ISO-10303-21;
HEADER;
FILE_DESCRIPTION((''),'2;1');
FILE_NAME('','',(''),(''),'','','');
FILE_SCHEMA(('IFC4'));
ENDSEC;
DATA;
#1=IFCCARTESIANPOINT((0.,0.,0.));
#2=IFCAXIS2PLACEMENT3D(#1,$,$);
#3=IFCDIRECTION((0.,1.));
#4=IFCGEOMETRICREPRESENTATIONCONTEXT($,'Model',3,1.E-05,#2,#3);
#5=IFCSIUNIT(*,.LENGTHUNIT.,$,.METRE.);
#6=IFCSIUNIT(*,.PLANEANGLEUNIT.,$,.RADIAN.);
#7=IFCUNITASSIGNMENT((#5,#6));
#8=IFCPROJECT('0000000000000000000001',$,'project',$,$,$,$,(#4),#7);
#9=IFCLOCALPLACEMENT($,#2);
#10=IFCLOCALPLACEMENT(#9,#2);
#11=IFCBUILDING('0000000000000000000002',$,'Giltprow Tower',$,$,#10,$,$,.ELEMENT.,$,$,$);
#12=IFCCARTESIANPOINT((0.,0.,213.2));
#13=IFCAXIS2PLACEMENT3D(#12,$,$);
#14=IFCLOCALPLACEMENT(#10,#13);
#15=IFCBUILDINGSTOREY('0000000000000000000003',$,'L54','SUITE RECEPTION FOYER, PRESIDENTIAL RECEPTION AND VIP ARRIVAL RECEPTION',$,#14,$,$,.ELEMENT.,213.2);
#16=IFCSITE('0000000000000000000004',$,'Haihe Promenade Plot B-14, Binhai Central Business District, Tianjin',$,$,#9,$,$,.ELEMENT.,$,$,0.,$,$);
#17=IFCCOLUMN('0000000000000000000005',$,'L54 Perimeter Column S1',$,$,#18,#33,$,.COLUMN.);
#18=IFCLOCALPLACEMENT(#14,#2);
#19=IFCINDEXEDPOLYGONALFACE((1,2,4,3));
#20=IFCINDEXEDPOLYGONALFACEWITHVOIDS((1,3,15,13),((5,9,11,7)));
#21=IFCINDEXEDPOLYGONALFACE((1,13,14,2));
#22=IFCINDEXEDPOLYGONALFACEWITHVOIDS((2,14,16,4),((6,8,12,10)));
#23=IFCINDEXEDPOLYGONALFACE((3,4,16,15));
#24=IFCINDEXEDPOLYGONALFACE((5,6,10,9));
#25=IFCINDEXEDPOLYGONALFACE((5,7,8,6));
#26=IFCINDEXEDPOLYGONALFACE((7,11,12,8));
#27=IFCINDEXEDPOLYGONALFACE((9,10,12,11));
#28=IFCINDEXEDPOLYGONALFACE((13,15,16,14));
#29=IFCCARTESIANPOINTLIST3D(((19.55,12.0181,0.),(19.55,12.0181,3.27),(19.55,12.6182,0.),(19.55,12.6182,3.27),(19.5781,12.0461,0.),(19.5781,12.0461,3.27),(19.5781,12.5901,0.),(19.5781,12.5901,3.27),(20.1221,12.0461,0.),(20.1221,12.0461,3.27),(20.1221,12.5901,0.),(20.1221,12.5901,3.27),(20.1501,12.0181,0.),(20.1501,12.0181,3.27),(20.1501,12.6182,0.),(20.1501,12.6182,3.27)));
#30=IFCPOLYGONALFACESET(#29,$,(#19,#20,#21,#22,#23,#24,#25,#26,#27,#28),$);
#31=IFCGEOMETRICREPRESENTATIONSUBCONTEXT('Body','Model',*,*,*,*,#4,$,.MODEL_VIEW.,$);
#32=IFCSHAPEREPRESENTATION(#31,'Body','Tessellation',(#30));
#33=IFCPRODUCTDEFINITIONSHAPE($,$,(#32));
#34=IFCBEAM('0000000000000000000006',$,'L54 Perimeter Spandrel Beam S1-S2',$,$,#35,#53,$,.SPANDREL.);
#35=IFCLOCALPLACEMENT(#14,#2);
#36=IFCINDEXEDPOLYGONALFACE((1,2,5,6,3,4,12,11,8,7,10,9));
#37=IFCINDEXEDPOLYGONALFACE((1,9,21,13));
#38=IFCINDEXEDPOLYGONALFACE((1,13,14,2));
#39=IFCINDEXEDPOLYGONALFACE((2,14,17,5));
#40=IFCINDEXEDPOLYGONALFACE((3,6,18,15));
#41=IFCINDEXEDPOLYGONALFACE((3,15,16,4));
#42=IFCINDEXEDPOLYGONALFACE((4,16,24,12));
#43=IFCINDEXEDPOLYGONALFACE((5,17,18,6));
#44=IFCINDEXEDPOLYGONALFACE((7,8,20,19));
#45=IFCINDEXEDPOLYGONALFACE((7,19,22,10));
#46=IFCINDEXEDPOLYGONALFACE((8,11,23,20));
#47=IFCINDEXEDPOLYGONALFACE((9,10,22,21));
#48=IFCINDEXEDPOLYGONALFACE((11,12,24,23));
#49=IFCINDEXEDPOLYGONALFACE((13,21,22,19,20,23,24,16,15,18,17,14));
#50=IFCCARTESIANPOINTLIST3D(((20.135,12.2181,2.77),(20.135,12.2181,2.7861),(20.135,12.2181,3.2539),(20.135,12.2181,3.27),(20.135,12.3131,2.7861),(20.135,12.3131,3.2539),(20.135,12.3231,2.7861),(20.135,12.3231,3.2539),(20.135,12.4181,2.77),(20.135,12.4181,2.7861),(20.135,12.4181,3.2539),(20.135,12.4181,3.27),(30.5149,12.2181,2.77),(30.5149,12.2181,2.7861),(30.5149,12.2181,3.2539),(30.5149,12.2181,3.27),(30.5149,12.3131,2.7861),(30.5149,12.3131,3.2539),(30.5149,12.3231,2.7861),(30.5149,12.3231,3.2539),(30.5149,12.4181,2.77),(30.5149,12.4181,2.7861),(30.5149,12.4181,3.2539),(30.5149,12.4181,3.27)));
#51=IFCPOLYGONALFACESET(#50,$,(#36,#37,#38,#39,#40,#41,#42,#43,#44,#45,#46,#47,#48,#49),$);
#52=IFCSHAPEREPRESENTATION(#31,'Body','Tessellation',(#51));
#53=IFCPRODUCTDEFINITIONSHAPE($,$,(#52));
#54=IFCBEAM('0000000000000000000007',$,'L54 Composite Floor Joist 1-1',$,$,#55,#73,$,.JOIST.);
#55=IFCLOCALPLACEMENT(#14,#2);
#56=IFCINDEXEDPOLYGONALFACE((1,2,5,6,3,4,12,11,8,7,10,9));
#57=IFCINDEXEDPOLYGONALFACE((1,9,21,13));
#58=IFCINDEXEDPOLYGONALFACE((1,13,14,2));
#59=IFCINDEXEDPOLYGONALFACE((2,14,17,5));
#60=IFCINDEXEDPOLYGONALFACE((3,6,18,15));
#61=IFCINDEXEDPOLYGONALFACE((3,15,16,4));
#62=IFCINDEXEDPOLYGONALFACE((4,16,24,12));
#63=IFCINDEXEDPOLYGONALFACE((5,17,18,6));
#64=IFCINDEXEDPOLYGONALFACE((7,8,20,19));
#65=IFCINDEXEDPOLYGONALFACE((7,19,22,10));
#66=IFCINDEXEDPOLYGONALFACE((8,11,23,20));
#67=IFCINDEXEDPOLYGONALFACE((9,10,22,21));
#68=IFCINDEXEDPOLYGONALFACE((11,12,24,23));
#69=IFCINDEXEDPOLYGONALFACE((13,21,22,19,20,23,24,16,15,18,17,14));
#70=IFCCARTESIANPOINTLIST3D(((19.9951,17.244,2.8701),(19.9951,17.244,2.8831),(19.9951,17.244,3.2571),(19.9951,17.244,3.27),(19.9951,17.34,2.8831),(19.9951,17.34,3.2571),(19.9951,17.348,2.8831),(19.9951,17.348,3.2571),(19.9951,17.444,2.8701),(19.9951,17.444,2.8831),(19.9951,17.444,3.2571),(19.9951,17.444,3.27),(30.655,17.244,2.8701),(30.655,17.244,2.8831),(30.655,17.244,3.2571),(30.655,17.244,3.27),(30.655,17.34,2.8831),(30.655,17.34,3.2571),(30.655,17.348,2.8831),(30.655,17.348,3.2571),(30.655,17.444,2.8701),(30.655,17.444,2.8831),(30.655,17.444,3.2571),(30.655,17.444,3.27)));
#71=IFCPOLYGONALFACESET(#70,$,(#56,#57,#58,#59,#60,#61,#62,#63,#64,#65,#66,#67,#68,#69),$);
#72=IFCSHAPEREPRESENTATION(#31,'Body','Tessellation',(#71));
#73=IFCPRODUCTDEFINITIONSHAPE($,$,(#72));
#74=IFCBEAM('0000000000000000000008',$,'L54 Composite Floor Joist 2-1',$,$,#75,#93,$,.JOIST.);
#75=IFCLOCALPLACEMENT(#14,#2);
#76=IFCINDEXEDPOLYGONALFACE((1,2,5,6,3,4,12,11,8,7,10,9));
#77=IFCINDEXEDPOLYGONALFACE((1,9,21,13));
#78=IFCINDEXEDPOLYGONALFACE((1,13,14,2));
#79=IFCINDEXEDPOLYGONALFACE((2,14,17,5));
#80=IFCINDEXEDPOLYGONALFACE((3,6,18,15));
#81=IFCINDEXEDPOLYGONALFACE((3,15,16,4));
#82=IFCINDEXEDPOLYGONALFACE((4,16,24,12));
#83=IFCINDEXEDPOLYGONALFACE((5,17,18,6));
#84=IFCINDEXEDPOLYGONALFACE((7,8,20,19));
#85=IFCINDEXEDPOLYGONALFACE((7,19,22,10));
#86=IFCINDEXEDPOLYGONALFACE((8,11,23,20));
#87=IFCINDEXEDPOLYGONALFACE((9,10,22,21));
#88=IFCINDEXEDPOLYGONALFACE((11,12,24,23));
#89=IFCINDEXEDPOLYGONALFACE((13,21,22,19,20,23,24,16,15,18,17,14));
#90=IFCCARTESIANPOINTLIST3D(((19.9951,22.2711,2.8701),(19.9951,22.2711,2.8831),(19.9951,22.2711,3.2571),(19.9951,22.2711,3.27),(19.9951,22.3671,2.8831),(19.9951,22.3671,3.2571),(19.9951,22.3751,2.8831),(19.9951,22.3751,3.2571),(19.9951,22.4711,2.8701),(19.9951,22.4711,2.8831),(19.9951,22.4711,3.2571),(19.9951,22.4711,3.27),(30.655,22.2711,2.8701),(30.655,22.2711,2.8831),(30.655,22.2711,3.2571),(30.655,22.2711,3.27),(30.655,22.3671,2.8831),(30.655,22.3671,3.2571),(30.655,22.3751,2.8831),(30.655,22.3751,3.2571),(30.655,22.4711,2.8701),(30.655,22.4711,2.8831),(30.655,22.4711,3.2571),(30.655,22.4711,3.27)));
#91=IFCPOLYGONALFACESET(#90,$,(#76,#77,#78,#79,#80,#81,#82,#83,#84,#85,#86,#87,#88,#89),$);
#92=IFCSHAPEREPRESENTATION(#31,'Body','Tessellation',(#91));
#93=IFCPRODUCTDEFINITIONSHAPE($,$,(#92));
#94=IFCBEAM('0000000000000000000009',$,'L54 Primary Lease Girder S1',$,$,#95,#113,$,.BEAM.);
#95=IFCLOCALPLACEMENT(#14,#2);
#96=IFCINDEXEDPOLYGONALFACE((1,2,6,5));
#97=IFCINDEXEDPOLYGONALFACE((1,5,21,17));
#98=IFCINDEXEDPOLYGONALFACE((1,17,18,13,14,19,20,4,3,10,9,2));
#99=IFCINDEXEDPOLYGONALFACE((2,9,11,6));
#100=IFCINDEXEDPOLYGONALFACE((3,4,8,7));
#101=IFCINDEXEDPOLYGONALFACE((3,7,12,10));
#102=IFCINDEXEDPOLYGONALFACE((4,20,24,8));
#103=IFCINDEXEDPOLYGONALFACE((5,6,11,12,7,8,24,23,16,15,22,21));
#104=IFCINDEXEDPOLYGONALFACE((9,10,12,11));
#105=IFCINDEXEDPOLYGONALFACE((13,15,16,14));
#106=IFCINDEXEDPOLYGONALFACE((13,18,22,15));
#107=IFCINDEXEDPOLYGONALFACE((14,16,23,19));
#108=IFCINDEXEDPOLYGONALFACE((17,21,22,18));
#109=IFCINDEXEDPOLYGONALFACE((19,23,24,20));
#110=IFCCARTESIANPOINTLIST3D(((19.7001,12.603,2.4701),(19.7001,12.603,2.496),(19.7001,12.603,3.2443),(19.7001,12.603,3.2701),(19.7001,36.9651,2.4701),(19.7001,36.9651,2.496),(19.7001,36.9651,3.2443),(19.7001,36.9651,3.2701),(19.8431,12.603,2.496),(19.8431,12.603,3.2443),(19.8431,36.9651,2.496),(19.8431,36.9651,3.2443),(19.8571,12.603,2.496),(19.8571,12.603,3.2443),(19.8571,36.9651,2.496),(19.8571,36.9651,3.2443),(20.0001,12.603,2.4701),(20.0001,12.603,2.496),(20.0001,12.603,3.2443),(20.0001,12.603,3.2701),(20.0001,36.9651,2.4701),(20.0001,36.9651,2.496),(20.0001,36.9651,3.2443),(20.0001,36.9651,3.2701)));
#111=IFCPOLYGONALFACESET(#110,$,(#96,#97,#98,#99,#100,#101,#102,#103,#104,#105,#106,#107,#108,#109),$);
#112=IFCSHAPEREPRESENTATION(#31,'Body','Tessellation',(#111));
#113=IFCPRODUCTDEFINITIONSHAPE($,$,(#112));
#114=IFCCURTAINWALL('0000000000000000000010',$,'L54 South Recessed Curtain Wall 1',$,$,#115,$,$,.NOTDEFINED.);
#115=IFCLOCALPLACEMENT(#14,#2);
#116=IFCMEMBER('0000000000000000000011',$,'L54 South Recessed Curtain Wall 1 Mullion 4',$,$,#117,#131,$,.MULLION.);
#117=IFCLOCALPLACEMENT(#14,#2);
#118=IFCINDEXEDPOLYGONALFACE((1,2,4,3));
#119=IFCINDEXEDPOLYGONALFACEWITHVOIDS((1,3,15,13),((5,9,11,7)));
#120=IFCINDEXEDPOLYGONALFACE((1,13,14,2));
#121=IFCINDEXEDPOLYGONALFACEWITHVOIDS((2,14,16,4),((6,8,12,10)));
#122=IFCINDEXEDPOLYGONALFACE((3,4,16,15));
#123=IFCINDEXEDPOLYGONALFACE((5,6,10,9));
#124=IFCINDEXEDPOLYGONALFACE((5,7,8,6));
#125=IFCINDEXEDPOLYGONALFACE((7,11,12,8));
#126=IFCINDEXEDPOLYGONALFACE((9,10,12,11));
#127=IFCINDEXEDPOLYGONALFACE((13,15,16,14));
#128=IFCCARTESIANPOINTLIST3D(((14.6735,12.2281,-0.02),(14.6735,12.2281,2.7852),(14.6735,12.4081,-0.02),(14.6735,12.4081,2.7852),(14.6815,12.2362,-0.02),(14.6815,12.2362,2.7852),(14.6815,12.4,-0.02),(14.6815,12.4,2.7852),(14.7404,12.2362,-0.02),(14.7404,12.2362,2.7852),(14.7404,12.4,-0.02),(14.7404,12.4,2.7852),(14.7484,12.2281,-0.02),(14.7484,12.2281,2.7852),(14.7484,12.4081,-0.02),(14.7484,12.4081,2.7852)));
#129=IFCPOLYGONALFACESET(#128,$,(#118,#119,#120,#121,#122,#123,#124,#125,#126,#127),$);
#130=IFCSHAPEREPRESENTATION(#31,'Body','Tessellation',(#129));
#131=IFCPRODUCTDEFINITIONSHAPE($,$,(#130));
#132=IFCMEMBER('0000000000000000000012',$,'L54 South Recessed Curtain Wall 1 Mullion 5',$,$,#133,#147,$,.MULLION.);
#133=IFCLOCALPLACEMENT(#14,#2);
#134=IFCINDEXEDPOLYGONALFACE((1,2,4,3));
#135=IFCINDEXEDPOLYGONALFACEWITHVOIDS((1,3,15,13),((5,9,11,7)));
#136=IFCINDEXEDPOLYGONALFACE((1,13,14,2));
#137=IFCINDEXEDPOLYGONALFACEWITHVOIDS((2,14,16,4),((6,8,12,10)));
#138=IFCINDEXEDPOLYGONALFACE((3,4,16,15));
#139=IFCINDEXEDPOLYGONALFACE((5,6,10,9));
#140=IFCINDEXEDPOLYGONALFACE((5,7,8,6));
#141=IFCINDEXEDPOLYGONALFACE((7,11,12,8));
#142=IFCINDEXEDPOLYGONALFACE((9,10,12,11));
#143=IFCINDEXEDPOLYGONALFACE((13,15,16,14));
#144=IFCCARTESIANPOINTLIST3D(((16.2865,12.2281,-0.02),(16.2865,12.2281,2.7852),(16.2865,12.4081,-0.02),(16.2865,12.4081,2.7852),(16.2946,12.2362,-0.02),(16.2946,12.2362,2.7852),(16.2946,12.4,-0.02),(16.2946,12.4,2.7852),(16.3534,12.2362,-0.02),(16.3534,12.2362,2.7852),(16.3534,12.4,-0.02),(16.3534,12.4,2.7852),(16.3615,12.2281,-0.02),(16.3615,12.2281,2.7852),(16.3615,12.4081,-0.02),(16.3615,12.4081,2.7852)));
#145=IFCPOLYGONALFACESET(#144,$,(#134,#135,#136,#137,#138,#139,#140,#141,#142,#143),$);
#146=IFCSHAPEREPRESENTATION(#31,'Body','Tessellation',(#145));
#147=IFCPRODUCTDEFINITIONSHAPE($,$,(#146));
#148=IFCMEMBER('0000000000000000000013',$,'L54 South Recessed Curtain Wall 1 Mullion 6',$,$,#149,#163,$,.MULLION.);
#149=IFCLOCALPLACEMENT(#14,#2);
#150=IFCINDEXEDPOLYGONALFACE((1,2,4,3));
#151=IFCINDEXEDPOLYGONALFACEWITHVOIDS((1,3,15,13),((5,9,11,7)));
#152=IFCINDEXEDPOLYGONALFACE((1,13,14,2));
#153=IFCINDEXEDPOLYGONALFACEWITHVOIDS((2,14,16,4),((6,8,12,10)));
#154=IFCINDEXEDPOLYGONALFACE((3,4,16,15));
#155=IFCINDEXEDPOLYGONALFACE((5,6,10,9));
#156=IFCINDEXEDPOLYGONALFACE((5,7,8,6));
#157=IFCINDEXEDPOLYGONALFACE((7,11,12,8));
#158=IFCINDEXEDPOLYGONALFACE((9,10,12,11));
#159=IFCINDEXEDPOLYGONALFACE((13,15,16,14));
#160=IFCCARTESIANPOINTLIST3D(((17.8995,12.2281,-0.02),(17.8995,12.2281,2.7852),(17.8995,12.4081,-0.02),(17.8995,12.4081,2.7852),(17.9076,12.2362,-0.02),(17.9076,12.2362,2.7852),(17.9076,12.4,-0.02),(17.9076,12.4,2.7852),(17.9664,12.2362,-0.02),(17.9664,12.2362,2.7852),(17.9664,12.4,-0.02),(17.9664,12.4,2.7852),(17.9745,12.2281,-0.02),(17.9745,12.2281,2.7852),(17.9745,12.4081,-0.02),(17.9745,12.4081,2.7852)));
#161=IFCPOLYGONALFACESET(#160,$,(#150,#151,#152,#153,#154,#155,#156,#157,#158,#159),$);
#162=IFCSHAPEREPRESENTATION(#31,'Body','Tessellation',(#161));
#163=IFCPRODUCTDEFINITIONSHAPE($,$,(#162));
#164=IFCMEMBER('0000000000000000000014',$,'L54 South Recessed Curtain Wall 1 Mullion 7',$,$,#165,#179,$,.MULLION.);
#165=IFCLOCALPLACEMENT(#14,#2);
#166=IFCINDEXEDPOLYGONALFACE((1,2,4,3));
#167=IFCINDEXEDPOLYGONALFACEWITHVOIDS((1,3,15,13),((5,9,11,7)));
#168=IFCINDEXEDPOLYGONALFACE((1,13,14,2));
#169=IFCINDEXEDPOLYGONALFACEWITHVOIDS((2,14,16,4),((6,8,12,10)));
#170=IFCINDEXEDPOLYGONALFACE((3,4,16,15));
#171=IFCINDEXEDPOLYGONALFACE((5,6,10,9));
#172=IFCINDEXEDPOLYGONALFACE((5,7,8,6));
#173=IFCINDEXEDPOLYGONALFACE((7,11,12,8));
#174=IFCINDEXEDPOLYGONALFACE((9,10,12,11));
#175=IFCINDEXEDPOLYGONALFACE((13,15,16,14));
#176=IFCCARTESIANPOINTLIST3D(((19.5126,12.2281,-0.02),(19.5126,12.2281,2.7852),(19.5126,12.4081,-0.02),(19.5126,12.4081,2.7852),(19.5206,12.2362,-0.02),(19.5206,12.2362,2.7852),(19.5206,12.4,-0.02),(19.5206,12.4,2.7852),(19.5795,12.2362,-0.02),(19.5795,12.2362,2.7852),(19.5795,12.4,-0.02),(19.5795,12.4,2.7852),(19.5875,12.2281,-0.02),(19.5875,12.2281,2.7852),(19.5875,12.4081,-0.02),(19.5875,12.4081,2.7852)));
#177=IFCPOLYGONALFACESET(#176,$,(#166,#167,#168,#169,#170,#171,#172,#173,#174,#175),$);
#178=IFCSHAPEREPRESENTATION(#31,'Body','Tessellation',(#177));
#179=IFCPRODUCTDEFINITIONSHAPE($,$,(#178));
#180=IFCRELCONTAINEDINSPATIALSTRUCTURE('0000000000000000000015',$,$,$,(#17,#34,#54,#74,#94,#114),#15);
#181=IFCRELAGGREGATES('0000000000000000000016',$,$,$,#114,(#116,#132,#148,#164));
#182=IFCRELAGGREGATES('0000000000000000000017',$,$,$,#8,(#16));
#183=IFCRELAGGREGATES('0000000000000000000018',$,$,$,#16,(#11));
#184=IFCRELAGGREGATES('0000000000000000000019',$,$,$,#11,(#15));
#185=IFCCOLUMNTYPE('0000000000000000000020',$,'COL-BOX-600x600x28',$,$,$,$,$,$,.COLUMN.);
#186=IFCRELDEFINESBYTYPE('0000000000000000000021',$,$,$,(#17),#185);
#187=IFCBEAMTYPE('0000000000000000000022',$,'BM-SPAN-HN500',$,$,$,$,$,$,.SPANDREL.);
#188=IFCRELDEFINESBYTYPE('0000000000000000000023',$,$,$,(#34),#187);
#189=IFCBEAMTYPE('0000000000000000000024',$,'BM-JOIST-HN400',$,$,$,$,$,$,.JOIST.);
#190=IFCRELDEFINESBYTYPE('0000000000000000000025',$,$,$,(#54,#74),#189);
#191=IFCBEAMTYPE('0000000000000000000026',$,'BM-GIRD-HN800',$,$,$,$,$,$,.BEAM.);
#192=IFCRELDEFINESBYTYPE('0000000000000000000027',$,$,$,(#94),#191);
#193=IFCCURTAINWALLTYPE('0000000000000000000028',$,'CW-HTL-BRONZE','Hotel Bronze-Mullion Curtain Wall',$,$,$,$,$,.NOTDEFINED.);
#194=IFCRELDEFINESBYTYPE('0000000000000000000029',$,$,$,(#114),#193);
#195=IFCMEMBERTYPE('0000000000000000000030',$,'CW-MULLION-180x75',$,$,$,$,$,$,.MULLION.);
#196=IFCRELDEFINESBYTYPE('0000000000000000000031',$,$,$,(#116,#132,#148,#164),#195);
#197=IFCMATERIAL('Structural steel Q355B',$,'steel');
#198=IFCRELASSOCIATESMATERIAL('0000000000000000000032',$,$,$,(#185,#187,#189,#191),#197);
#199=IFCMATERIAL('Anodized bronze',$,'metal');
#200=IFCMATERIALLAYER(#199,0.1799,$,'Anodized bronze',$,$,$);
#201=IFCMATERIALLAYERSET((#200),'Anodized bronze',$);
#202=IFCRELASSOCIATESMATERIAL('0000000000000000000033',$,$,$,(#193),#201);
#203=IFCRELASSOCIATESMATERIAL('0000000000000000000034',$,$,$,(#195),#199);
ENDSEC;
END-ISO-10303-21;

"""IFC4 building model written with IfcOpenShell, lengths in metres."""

from ifc_helpers import new_model, si_unit, direction, frame, origin, origin_2d, place, context, subcontext, project, spatial, hollow_rectangle, i_section, extrude, source, transform, mapped, material, layer, layer_set, material_profile, profile_set, type_object, element, aggregate, save


model = new_model("IFC4")

# Units and contexts
model_context = context("Model", 3, precision=1e-05, world=origin(), true_north=direction((0.0, 1.0)))
body_context = subcontext(model_context, "Body", "Model", "MODEL_VIEW")
ifc_project = project(units=[si_unit("LENGTHUNIT", "METRE"), si_unit("PLANEANGLEUNIT", "RADIAN")], contexts=[model_context])

# Site, building, storey
site_placement = place(None, origin())
site = spatial("IfcSite", under=ifc_project, at=site_placement, Name="Haihe Promenade Plot B-14, Binhai Central Business District, Tianjin", CompositionType="ELEMENT", RefElevation=0.0)
building_placement = place(site_placement, origin())
building = spatial("IfcBuilding", under=site, at=building_placement, Name="Giltprow Tower", CompositionType="ELEMENT")
storey_placement = place(building_placement, frame((0.0, 0.0, 213.2)))
storey = spatial("IfcBuildingStorey", under=building, at=storey_placement, Name="L54", Description="SUITE RECEPTION FOYER, PRESIDENTIAL RECEPTION AND VIP ARRIVAL RECEPTION", CompositionType="ELEMENT", Elevation=213.2)

# Column
ifc_material_1 = material(Name="Structural steel Q355B", Category="steel")
ifc_material_profile_1 = material_profile(ifc_material_1, hollow_rectangle(XDim=0.6001, YDim=0.6001, WallThickness=0.0281, at=origin_2d()), Name="BOX 600x600x28")
ifc_profile_set_1 = profile_set([ifc_material_profile_1], Name="Structural steel Q355B")
column_type = type_object("IfcColumnType", Name="COL-BOX-600x600x28", PredefinedType="COLUMN", material=ifc_profile_set_1)
shared_shape_1 = source(origin(), body_context, "Body", "SweptSolid", [
    extrude(hollow_rectangle(XDim=0.6001, YDim=0.6001, WallThickness=0.0281, at=origin_2d()), origin(), (0.0, 0.0, 1.0), 3.27),
])
column_placement = place(storey_placement, frame((19.8501, 12.3181, 0.0), z_axis=(0.0, 0.0, 1.0), x_axis=(1.0, 0.0, 0.0)))
element("IfcColumn", 1, at=column_placement, inside=storey, type_object=column_type, Name="L54 Perimeter Column S1", PredefinedType="COLUMN", context=body_context, shape_type="MappedRepresentation", body=[
    mapped(shared_shape_1, transform((0.0, 0.0, 0.0), x_axis=(1.0, 0.0, 0.0), y_axis=(0.0, 1.0, 0.0), z_axis=(0.0, 0.0, 1.0), scale=1.0)),
])

# Beams
ifc_material_profile_2 = material_profile(ifc_material_1, i_section(OverallWidth=0.2, OverallDepth=0.5, WebThickness=0.01, FlangeThickness=0.0161, at=origin_2d()), Name="HN 500x200x10x16")
ifc_profile_set_2 = profile_set([ifc_material_profile_2], Name="Structural steel Q355B")
beam_type_1 = type_object("IfcBeamType", Name="BM-SPAN-HN500", PredefinedType="SPANDREL", material=ifc_profile_set_2)
shared_shape_2 = source(origin(), body_context, "Body", "SweptSolid", [
    extrude(i_section(OverallWidth=0.2, OverallDepth=0.5, WebThickness=0.01, FlangeThickness=0.0161, at=origin_2d()), origin(), (0.0, 0.0, 1.0), 10.3799),
])
beam_1_placement = place(storey_placement, frame((20.135, 12.3181, 3.02), z_axis=(1.0, 0.0, 0.0), x_axis=(0.0, 1.0, 0.0)))
element("IfcBeam", 2, at=beam_1_placement, inside=storey, type_object=beam_type_1, Name="L54 Perimeter Spandrel Beam S1-S2", PredefinedType="SPANDREL", context=body_context, shape_type="MappedRepresentation", body=[
    mapped(shared_shape_2, transform((0.0, 0.0, 0.0), x_axis=(1.0, 0.0, 0.0), y_axis=(0.0, 1.0, 0.0), z_axis=(0.0, 0.0, 1.0), scale=1.0)),
])
ifc_material_profile_3 = material_profile(ifc_material_1, i_section(OverallWidth=0.2, OverallDepth=0.3999, WebThickness=0.0081, FlangeThickness=0.0129, at=origin_2d()), Name="HN 400x200x8x13")
ifc_profile_set_3 = profile_set([ifc_material_profile_3], Name="Structural steel Q355B")
beam_type_2 = type_object("IfcBeamType", Name="BM-JOIST-HN400", PredefinedType="JOIST", material=ifc_profile_set_3)
shared_shape_3 = source(origin(), body_context, "Body", "SweptSolid", [
    extrude(i_section(OverallWidth=0.2, OverallDepth=0.3999, WebThickness=0.0081, FlangeThickness=0.0129, at=origin_2d()), origin(), (0.0, 0.0, 1.0), 10.6599),
])
for number, where, z_axis, x_axis, name in (
    (3, (19.9951, 17.344, 3.0701), (1.0, 0.0, 0.0), (0.0, 1.0, 0.0), "L54 Composite Floor Joist 1-1"),
    (4, (19.9951, 22.3711, 3.0701), (1.0, 0.0, 0.0), (0.0, 1.0, 0.0), "L54 Composite Floor Joist 2-1"),
):
    element("IfcBeam", number, at=place(storey_placement, frame(where, z_axis=z_axis, x_axis=x_axis)), inside=storey, type_object=beam_type_2, Name=name, PredefinedType="JOIST", context=body_context, shape_type="MappedRepresentation", body=[
        mapped(shared_shape_3, transform((0.0, 0.0, 0.0), x_axis=(1.0, 0.0, 0.0), y_axis=(0.0, 1.0, 0.0), z_axis=(0.0, 0.0, 1.0), scale=1.0)),
    ])
ifc_material_profile_4 = material_profile(ifc_material_1, i_section(OverallWidth=0.3, OverallDepth=0.8, WebThickness=0.0139, FlangeThickness=0.0259, at=origin_2d()), Name="HN 800x300x14x26")
ifc_profile_set_4 = profile_set([ifc_material_profile_4], Name="Structural steel Q355B")
beam_type_3 = type_object("IfcBeamType", Name="BM-GIRD-HN800", PredefinedType="BEAM", material=ifc_profile_set_4)
shared_shape_4 = source(origin(), body_context, "Body", "SweptSolid", [
    extrude(i_section(OverallWidth=0.3, OverallDepth=0.8, WebThickness=0.0139, FlangeThickness=0.0259, at=origin_2d()), origin(), (0.0, 0.0, 1.0), 24.3621),
])
beam_2_placement = place(storey_placement, frame((19.8501, 12.603, 2.8701), z_axis=(0.0, 1.0, 0.0), x_axis=(-1.0, 0.0, 0.0)))
element("IfcBeam", 5, at=beam_2_placement, inside=storey, type_object=beam_type_3, Name="L54 Primary Lease Girder S1", PredefinedType="BEAM", context=body_context, shape_type="MappedRepresentation", body=[
    mapped(shared_shape_4, transform((0.0, 0.0, 0.0), x_axis=(1.0, 0.0, 0.0), y_axis=(0.0, 1.0, 0.0), z_axis=(0.0, 0.0, 1.0), scale=1.0)),
])

# Curtain wall, members
ifc_material_2 = material(Name="Anodized bronze", Category="metal")
ifc_layer = layer(ifc_material_2, 0.1799, Name="Anodized bronze")
ifc_layer_set = layer_set([ifc_layer], Name="Anodized bronze")
curtain_wall_type = type_object("IfcCurtainWallType", Name="CW-HTL-BRONZE", Description="Hotel Bronze-Mullion Curtain Wall", PredefinedType="NOTDEFINED", material=ifc_layer_set)
curtain_wall_placement = place(storey_placement, origin())
curtain_wall = element("IfcCurtainWall", 6, at=curtain_wall_placement, inside=storey, type_object=curtain_wall_type, Name="L54 South Recessed Curtain Wall 1", PredefinedType="NOTDEFINED")
ifc_material_profile_5 = material_profile(ifc_material_2, hollow_rectangle(XDim=0.075, YDim=0.1799, WallThickness=0.0081, at=origin_2d()), Name="RHS 180x75x8")
ifc_profile_set_5 = profile_set([ifc_material_profile_5], Name="Anodized bronze")
member_type = type_object("IfcMemberType", Name="CW-MULLION-180x75", PredefinedType="MULLION", material=ifc_profile_set_5)
shared_shape_5 = source(origin(), body_context, "Body", "SweptSolid", [
    extrude(hollow_rectangle(XDim=0.075, YDim=0.1799, WallThickness=0.0081, at=origin_2d()), origin(), (0.0, 0.0, 1.0), 2.8052),
])
member_1_placement = place(storey_placement, frame((14.7109, 12.3181, -0.02), z_axis=(0.0, 0.0, 1.0), x_axis=(1.0, 0.0, 0.0)))
member_1 = element("IfcMember", 7, at=member_1_placement, type_object=member_type, Name="L54 South Recessed Curtain Wall 1 Mullion 4", PredefinedType="MULLION", context=body_context, shape_type="MappedRepresentation", body=[
    mapped(shared_shape_5, transform((0.0, 0.0, 0.0), x_axis=(1.0, 0.0, 0.0), y_axis=(0.0, 1.0, 0.0), z_axis=(0.0, 0.0, 1.0), scale=1.0)),
])
member_2_placement = place(storey_placement, frame((16.324, 12.3181, -0.02), z_axis=(0.0, 0.0, 1.0), x_axis=(1.0, 0.0, 0.0)))
member_2 = element("IfcMember", 8, at=member_2_placement, type_object=member_type, Name="L54 South Recessed Curtain Wall 1 Mullion 5", PredefinedType="MULLION", context=body_context, shape_type="MappedRepresentation", body=[
    mapped(shared_shape_5, transform((0.0, 0.0, 0.0), x_axis=(1.0, 0.0, 0.0), y_axis=(0.0, 1.0, 0.0), z_axis=(0.0, 0.0, 1.0), scale=1.0)),
])
member_3_placement = place(storey_placement, frame((17.937, 12.3181, -0.02), z_axis=(0.0, 0.0, 1.0), x_axis=(1.0, 0.0, 0.0)))
member_3 = element("IfcMember", 9, at=member_3_placement, type_object=member_type, Name="L54 South Recessed Curtain Wall 1 Mullion 6", PredefinedType="MULLION", context=body_context, shape_type="MappedRepresentation", body=[
    mapped(shared_shape_5, transform((0.0, 0.0, 0.0), x_axis=(1.0, 0.0, 0.0), y_axis=(0.0, 1.0, 0.0), z_axis=(0.0, 0.0, 1.0), scale=1.0)),
])
member_4_placement = place(storey_placement, frame((19.55, 12.3181, -0.02), z_axis=(0.0, 0.0, 1.0), x_axis=(1.0, 0.0, 0.0)))
member_4 = element("IfcMember", 10, at=member_4_placement, type_object=member_type, Name="L54 South Recessed Curtain Wall 1 Mullion 7", PredefinedType="MULLION", context=body_context, shape_type="MappedRepresentation", body=[
    mapped(shared_shape_5, transform((0.0, 0.0, 0.0), x_axis=(1.0, 0.0, 0.0), y_axis=(0.0, 1.0, 0.0), z_axis=(0.0, 0.0, 1.0), scale=1.0)),
])
aggregate(curtain_wall, [member_1, member_2, member_3, member_4])

save(model, "model.ifc")
